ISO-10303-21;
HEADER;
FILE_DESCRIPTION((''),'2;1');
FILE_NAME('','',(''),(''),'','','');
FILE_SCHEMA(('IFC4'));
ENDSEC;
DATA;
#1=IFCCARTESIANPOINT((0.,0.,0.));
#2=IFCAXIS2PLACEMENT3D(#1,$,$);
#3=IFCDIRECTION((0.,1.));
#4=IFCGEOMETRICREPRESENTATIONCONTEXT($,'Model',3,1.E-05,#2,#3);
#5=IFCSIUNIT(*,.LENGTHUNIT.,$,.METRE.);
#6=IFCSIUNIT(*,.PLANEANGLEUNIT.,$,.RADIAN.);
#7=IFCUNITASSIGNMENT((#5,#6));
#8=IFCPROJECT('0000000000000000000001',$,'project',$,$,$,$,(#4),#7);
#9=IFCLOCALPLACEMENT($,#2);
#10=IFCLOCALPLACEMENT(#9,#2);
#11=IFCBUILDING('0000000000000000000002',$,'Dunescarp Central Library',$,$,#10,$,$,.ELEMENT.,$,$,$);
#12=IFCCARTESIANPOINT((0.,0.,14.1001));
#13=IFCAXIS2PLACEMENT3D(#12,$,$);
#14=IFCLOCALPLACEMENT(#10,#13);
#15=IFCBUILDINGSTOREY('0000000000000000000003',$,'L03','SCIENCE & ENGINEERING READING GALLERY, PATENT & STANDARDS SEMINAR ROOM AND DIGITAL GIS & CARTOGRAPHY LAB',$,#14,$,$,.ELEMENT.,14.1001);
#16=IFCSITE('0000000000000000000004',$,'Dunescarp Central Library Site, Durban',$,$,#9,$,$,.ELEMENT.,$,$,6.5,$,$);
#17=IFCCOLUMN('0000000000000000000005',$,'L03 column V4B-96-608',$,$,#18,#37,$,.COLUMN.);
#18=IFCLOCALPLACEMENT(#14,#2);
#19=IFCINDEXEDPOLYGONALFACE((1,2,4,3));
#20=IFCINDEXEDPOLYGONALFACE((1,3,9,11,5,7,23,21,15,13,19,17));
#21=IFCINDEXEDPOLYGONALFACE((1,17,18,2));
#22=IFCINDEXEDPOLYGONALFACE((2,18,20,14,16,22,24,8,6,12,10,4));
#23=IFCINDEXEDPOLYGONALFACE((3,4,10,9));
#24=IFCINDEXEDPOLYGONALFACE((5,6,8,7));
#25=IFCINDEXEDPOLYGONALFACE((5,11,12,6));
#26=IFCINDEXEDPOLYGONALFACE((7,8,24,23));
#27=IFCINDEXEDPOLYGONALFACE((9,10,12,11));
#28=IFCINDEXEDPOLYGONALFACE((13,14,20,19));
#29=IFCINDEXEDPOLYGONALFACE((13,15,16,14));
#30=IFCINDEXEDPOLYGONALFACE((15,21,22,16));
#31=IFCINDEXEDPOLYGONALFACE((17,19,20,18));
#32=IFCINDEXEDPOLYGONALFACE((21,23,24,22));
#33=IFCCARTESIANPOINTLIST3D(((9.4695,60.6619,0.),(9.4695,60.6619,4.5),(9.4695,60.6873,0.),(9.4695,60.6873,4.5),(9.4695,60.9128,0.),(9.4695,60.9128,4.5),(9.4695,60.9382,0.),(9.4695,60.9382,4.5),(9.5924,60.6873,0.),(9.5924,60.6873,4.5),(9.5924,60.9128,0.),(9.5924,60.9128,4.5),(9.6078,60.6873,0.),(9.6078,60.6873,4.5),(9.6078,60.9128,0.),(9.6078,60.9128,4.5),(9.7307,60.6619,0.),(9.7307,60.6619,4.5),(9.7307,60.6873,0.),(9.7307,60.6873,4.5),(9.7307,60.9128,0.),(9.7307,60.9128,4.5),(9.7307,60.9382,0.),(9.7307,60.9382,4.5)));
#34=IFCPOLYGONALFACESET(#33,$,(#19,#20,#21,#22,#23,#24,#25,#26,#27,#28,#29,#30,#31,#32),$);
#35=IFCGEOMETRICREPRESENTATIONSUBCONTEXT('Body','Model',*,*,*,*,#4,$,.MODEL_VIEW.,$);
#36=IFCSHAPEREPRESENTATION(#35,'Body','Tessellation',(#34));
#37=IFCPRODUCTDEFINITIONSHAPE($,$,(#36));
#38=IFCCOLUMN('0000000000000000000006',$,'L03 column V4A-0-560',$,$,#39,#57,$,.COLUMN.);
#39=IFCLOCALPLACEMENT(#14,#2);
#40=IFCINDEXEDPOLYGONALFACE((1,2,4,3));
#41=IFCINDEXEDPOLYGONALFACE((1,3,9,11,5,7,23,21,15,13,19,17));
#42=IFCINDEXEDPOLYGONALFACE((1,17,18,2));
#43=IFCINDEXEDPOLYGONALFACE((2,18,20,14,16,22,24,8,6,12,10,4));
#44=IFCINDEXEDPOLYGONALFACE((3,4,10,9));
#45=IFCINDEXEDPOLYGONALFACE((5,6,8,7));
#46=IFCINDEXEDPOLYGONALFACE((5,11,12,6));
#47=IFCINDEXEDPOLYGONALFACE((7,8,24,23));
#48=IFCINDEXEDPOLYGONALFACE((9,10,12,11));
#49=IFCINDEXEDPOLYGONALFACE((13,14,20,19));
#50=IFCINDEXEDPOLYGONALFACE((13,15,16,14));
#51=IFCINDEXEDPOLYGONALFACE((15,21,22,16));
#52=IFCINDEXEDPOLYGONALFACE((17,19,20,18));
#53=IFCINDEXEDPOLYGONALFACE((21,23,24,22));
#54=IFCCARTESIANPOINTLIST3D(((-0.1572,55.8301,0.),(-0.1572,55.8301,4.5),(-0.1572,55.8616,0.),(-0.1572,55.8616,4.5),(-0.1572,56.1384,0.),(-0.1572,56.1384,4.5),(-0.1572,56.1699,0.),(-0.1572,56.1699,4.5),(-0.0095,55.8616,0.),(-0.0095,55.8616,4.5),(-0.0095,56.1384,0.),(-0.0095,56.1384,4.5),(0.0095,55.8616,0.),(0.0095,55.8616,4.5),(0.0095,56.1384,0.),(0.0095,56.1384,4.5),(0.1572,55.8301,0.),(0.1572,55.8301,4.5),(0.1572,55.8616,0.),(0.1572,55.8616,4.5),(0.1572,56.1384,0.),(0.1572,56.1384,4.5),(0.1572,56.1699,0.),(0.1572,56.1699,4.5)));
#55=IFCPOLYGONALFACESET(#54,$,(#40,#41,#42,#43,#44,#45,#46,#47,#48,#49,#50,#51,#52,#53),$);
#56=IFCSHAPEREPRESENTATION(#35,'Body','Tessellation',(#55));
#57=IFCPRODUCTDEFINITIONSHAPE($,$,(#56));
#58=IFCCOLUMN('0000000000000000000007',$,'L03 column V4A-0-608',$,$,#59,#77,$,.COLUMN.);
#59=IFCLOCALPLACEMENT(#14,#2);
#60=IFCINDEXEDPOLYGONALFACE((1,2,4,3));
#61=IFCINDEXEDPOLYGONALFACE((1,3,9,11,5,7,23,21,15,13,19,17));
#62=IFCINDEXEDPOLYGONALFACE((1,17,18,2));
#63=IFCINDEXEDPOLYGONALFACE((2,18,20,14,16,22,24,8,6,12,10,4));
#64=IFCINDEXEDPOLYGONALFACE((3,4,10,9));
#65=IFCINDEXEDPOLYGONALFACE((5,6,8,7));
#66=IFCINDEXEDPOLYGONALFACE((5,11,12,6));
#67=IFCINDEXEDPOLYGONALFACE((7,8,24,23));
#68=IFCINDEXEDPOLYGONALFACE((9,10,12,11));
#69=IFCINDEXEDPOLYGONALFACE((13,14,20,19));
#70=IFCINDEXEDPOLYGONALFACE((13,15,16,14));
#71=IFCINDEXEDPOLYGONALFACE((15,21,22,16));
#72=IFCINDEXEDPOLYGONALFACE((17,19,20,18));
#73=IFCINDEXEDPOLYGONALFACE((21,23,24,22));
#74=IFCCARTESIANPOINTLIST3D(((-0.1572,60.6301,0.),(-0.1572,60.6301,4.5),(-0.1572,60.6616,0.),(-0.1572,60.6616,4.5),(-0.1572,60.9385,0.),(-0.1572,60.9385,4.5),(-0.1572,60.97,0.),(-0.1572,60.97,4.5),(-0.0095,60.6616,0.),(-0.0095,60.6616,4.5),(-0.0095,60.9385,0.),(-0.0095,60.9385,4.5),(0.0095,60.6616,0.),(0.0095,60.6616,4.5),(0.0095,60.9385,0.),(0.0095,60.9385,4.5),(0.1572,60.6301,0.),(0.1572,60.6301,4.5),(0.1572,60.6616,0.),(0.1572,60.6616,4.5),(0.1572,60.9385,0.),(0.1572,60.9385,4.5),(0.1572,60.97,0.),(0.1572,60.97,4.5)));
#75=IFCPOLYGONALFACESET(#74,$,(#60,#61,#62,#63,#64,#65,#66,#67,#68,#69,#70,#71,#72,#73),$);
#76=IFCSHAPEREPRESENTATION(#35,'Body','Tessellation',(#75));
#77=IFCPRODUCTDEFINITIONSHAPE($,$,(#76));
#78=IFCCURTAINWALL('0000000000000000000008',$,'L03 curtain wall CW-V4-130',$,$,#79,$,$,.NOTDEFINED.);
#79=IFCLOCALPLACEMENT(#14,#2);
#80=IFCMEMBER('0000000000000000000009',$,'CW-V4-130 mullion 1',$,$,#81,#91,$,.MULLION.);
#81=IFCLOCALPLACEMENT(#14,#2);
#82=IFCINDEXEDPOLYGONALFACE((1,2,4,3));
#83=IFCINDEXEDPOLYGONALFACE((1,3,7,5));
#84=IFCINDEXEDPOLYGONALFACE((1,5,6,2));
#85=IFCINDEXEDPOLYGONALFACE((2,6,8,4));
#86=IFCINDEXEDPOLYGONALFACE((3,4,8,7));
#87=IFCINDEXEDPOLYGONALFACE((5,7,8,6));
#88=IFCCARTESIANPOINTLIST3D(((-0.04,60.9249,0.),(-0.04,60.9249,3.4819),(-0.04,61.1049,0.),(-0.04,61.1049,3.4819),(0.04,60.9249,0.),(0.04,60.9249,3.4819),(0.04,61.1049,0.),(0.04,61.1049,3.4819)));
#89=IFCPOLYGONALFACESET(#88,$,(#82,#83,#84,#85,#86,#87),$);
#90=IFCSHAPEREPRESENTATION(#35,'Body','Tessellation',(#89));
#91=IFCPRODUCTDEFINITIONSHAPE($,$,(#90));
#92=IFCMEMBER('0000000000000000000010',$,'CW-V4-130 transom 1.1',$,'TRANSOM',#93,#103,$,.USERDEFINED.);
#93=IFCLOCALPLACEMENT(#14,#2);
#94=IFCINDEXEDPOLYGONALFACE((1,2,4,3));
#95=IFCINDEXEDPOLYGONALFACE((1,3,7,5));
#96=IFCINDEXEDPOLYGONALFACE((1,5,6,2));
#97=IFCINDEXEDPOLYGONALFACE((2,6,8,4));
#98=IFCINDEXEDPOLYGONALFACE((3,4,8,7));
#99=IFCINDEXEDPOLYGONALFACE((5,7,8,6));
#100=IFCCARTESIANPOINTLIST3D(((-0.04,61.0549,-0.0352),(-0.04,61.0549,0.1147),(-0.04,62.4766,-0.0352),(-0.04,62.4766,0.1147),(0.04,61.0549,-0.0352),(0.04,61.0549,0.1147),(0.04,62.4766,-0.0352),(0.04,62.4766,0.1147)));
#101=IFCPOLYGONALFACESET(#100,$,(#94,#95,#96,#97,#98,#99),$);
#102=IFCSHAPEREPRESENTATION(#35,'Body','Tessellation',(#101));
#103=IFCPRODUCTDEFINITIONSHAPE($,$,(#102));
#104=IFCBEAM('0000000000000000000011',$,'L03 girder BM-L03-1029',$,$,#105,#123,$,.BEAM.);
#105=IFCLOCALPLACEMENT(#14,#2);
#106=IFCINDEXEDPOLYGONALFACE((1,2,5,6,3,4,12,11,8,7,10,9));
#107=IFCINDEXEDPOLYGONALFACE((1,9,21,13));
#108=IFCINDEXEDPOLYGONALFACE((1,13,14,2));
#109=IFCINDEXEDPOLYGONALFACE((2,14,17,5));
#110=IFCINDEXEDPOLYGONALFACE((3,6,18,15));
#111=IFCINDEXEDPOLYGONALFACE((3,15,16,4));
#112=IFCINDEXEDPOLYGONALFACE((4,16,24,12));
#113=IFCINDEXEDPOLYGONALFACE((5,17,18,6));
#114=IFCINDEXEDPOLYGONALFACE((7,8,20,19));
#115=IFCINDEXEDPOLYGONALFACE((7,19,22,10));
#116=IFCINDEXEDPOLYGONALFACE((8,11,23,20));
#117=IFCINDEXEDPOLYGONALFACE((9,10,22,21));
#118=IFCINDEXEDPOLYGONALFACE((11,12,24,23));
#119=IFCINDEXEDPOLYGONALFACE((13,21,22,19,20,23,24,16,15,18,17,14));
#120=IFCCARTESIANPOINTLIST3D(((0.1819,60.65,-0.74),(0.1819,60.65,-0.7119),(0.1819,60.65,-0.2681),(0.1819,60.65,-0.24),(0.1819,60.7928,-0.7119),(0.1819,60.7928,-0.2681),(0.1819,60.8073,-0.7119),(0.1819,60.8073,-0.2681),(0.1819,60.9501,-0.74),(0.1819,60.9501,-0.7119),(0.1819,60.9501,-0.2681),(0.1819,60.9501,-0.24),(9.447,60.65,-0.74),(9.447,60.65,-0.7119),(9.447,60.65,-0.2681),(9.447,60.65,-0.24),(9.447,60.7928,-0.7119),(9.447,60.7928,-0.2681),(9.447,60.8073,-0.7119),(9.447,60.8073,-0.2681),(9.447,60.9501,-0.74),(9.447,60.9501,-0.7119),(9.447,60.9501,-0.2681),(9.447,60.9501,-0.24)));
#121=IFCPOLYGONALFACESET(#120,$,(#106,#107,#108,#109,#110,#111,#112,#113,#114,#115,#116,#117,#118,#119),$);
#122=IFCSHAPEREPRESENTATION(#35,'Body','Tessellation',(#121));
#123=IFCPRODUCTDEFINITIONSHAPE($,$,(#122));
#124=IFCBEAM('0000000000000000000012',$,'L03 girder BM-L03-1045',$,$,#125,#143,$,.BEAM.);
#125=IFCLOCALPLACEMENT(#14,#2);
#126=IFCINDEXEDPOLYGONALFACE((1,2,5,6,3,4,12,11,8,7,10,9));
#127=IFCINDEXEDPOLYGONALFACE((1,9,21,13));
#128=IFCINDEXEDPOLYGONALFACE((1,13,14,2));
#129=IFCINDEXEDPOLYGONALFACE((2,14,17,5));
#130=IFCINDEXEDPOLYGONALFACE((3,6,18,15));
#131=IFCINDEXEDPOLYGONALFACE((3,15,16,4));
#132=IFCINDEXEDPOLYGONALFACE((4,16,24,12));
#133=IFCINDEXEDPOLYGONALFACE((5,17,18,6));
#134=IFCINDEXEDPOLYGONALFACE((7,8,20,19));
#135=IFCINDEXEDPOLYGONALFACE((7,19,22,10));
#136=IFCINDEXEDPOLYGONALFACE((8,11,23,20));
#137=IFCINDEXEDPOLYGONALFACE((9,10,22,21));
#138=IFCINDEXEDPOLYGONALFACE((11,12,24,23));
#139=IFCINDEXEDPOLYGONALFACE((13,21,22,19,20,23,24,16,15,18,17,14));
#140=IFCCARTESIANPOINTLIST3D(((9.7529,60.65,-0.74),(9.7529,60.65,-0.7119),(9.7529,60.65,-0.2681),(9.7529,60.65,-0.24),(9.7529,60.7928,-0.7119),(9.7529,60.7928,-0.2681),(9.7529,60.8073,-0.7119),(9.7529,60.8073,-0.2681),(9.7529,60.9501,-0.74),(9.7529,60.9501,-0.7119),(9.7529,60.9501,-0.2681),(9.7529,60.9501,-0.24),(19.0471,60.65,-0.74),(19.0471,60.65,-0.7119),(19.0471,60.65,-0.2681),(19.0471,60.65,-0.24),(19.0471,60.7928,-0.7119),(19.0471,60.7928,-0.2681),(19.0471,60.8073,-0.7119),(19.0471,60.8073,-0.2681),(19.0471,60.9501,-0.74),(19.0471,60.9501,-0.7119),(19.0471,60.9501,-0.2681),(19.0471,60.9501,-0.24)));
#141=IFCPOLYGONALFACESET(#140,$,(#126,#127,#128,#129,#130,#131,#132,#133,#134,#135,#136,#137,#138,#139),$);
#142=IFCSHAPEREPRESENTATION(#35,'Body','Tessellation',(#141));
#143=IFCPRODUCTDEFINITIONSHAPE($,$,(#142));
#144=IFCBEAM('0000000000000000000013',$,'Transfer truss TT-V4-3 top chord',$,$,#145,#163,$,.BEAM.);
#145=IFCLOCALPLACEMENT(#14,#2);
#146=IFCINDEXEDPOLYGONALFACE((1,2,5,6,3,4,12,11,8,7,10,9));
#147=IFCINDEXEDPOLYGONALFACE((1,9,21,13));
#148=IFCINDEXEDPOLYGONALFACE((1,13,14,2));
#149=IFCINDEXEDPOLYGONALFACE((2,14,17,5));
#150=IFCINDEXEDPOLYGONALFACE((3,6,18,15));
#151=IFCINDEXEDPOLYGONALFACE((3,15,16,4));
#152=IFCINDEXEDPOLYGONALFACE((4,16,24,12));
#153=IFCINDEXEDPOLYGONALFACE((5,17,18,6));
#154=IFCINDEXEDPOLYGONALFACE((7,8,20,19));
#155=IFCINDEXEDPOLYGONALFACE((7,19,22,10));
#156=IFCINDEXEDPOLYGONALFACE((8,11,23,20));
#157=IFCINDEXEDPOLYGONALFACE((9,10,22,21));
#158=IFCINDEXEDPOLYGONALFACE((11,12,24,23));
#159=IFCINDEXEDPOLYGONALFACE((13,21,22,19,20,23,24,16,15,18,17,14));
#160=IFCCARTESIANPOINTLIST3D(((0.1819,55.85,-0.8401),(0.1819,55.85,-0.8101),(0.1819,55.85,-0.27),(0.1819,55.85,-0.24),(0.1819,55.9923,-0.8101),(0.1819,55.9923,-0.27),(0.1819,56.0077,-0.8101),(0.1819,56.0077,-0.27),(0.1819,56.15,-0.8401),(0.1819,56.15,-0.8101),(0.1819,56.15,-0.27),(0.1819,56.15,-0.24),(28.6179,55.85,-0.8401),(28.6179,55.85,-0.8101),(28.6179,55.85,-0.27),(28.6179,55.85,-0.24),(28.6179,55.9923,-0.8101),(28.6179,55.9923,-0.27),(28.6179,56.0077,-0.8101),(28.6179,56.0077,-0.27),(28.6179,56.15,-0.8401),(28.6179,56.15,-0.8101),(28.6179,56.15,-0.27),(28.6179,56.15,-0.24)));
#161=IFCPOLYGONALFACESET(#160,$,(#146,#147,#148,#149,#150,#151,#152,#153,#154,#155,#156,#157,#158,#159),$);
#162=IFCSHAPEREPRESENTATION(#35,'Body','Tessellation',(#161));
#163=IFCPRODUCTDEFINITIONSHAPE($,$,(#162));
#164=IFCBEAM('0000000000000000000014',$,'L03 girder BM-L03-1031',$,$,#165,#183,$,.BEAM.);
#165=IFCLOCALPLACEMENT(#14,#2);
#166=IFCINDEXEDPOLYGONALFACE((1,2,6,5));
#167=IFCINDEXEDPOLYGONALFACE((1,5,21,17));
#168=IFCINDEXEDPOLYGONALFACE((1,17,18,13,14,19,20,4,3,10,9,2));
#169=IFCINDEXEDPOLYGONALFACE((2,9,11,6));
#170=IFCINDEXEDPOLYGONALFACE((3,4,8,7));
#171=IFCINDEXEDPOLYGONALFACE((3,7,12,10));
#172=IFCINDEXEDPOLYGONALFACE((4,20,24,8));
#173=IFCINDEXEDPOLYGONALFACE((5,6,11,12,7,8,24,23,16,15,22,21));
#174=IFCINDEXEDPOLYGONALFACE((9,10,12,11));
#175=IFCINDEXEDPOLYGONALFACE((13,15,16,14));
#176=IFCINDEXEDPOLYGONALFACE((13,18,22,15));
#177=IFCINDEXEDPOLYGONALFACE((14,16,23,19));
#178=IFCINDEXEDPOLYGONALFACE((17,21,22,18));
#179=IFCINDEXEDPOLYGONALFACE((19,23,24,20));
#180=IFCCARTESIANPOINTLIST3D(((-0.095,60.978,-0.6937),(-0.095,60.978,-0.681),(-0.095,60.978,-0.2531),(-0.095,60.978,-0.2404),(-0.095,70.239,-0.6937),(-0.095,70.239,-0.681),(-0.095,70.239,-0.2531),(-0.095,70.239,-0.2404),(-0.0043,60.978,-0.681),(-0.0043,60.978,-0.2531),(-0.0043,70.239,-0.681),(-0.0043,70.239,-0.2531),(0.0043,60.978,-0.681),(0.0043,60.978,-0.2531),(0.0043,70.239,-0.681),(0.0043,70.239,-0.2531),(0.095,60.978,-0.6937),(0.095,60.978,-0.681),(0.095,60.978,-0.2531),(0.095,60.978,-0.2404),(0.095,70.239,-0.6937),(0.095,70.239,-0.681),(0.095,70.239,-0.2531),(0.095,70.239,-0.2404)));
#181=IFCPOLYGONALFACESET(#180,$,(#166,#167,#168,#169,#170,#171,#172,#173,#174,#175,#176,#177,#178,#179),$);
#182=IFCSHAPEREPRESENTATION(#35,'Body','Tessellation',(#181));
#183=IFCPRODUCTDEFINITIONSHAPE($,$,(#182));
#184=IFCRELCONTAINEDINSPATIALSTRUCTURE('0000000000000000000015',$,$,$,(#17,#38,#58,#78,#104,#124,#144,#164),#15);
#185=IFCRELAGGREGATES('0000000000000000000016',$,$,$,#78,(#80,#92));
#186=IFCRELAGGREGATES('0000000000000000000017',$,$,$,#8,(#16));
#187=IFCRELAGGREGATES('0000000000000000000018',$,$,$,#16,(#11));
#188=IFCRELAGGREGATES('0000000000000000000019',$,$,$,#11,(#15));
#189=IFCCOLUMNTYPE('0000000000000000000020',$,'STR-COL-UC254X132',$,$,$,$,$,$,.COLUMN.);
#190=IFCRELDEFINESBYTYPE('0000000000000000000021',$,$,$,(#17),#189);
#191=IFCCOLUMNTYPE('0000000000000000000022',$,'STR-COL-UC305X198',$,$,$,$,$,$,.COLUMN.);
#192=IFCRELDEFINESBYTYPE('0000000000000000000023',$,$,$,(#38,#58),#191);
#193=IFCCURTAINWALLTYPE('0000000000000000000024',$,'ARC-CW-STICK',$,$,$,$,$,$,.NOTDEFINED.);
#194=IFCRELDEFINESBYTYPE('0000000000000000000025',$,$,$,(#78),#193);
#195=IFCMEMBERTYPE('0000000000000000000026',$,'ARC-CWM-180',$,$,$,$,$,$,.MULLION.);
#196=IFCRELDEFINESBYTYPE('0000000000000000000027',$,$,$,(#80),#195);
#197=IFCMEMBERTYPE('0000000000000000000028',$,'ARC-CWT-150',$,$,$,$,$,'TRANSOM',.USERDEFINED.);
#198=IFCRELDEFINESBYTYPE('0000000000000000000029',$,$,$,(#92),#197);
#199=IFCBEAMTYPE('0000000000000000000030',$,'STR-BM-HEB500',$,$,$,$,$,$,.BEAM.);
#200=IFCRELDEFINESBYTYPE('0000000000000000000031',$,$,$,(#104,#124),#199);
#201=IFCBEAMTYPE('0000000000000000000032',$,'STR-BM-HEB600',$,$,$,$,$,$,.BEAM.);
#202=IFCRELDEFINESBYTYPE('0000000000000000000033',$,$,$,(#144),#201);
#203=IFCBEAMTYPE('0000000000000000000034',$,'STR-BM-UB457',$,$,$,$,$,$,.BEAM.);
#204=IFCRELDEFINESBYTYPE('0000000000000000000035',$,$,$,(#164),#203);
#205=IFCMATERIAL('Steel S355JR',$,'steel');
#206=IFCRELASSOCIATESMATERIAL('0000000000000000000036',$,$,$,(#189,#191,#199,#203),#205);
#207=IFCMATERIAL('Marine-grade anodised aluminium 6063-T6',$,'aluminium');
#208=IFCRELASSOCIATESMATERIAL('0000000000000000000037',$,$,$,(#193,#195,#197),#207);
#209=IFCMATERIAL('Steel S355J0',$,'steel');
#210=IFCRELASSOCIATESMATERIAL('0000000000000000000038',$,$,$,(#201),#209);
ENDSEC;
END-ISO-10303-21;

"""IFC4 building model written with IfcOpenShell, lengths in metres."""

from ifc_helpers import new_model, si_unit, direction, frame, origin, origin_2d, place, context, subcontext, project, spatial, rectangle, i_section, extrude, material, material_profile, profile_set, type_object, element, aggregate, save


model = new_model("IFC4")

# Units and contexts
model_context = context("Model", 3, precision=1e-05, world=origin(), true_north=direction((0.0, 1.0)))
body_context = subcontext(model_context, "Body", "Model", "MODEL_VIEW")
ifc_project = project(units=[si_unit("LENGTHUNIT", "METRE"), si_unit("PLANEANGLEUNIT", "RADIAN")], contexts=[model_context])

# Site, building, storey
site_placement = place(None, origin())
site = spatial("IfcSite", under=ifc_project, at=site_placement, Name="Dunescarp Central Library Site, Durban", CompositionType="ELEMENT", RefElevation=6.5)
building_placement = place(site_placement, origin())
building = spatial("IfcBuilding", under=site, at=building_placement, Name="Dunescarp Central Library", CompositionType="ELEMENT")
storey_placement = place(building_placement, frame((0.0, 0.0, 14.1001)))
storey = spatial("IfcBuildingStorey", under=building, at=storey_placement, Name="L03", Description="SCIENCE & ENGINEERING READING GALLERY, PATENT & STANDARDS SEMINAR ROOM AND DIGITAL GIS & CARTOGRAPHY LAB", CompositionType="ELEMENT", Elevation=14.1001)

# Columns
ifc_material_1 = material(Name="Steel S355JR", Category="steel")
ifc_material_profile_1 = material_profile(ifc_material_1, i_section(OverallWidth=0.2612, OverallDepth=0.2764, WebThickness=0.0154, FlangeThickness=0.0254, at=origin_2d()), Name="UC 254x254x132")
ifc_profile_set_1 = profile_set([ifc_material_profile_1], Name="Steel S355JR")
column_type_1 = type_object("IfcColumnType", Name="STR-COL-UC254X132", PredefinedType="COLUMN", material=ifc_profile_set_1)
column_placement = place(storey_placement, frame((9.6001, 60.8, 0.0), z_axis=(0.0, 0.0, 1.0), x_axis=(1.0, 0.0, 0.0)))
element("IfcColumn", 1, at=column_placement, inside=storey, type_object=column_type_1, Name="L03 column V4B-96-608", PredefinedType="COLUMN", context=body_context, shape_type="SweptSolid", body=[
    extrude(i_section(OverallWidth=0.2612, OverallDepth=0.2764, WebThickness=0.0154, FlangeThickness=0.0254, at=origin_2d()), origin(), (0.0, 0.0, 1.0), 4.5),
])
ifc_material_profile_2 = material_profile(ifc_material_1, i_section(OverallWidth=0.3145, OverallDepth=0.3398, WebThickness=0.019, FlangeThickness=0.0315, at=origin_2d()), Name="UC 305x305x198")
ifc_profile_set_2 = profile_set([ifc_material_profile_2], Name="Steel S355JR")
column_type_2 = type_object("IfcColumnType", Name="STR-COL-UC305X198", PredefinedType="COLUMN", material=ifc_profile_set_2)
for number, where, z_axis, x_axis, name in (
    (2, (0.0, 56.0, 0.0), (0.0, 0.0, 1.0), (1.0, 0.0, 0.0), "L03 column V4A-0-560"),
    (3, (0.0, 60.8, 0.0), (0.0, 0.0, 1.0), (1.0, 0.0, 0.0), "L03 column V4A-0-608"),
):
    element("IfcColumn", number, at=place(storey_placement, frame(where, z_axis=z_axis, x_axis=x_axis)), inside=storey, type_object=column_type_2, Name=name, PredefinedType="COLUMN", context=body_context, shape_type="SweptSolid", body=[
        extrude(i_section(OverallWidth=0.3145, OverallDepth=0.3398, WebThickness=0.019, FlangeThickness=0.0315, at=origin_2d()), origin(), (0.0, 0.0, 1.0), 4.5),
    ])

# Curtain wall, members
ifc_material_2 = material(Name="Marine-grade anodised aluminium 6063-T6", Category="aluminium")
curtain_wall_type = type_object("IfcCurtainWallType", Name="ARC-CW-STICK", PredefinedType="NOTDEFINED", material=ifc_material_2)
curtain_wall_placement = place(storey_placement, origin())
curtain_wall = element("IfcCurtainWall", 4, at=curtain_wall_placement, inside=storey, type_object=curtain_wall_type, Name="L03 curtain wall CW-V4-130", PredefinedType="NOTDEFINED")
ifc_material_profile_3 = material_profile(ifc_material_2, rectangle(XDim=0.0801, YDim=0.1799, at=origin_2d()), Name="AL 80x180")
ifc_profile_set_3 = profile_set([ifc_material_profile_3], Name="Marine-grade anodised aluminium 6063-T6")
member_type_1 = type_object("IfcMemberType", Name="ARC-CWM-180", PredefinedType="MULLION", material=ifc_profile_set_3)
member_1_placement = place(storey_placement, frame((0.0, 61.0149, 0.0), z_axis=(0.0, 0.0, 1.0), x_axis=(-1.0, 0.0, 0.0)))
member_1 = element("IfcMember", 5, at=member_1_placement, type_object=member_type_1, Name="CW-V4-130 mullion 1", PredefinedType="MULLION", context=body_context, shape_type="SweptSolid", body=[
    extrude(rectangle(XDim=0.0801, YDim=0.1799, at=origin_2d()), origin(), (0.0, 0.0, 1.0), 3.4819),
])
ifc_material_profile_4 = material_profile(ifc_material_2, rectangle(XDim=0.0801, YDim=0.1499, at=origin_2d()), Name="AL 80x150")
ifc_profile_set_4 = profile_set([ifc_material_profile_4], Name="Marine-grade anodised aluminium 6063-T6")
member_type_2 = type_object("IfcMemberType", Name="ARC-CWT-150", ElementType="TRANSOM", PredefinedType="USERDEFINED", material=ifc_profile_set_4)
member_2_placement = place(storey_placement, frame((0.0, 61.0549, 0.0398), z_axis=(0.0, 1.0, 0.0), x_axis=(-1.0, 0.0, 0.0)))
member_2 = element("IfcMember", 6, at=member_2_placement, type_object=member_type_2, Name="CW-V4-130 transom 1.1", ObjectType="TRANSOM", PredefinedType="USERDEFINED", context=body_context, shape_type="SweptSolid", body=[
    extrude(rectangle(XDim=0.0801, YDim=0.1499, at=origin_2d()), origin(), (0.0, 0.0, 1.0), 1.4216),
])
aggregate(curtain_wall, [member_1, member_2])

# Beams
ifc_material_profile_5 = material_profile(ifc_material_1, i_section(OverallWidth=0.3, OverallDepth=0.5, WebThickness=0.0144, FlangeThickness=0.0281, at=origin_2d()), Name="HEB 500")
ifc_profile_set_5 = profile_set([ifc_material_profile_5], Name="Steel S355JR")
beam_type_1 = type_object("IfcBeamType", Name="STR-BM-HEB500", PredefinedType="BEAM", material=ifc_profile_set_5)
beam_1_placement = place(storey_placement, frame((0.1819, 60.8, -0.49), z_axis=(1.0, 0.0, 0.0), x_axis=(0.0, 1.0, 0.0)))
element("IfcBeam", 7, at=beam_1_placement, inside=storey, type_object=beam_type_1, Name="L03 girder BM-L03-1029", PredefinedType="BEAM", context=body_context, shape_type="SweptSolid", body=[
    extrude(i_section(OverallWidth=0.3, OverallDepth=0.5, WebThickness=0.0144, FlangeThickness=0.0281, at=origin_2d()), origin(), (0.0, 0.0, 1.0), 9.2651),
])
beam_2_placement = place(storey_placement, frame((9.7529, 60.8, -0.49), z_axis=(1.0, 0.0, 0.0), x_axis=(0.0, 1.0, 0.0)))
element("IfcBeam", 8, at=beam_2_placement, inside=storey, type_object=beam_type_1, Name="L03 girder BM-L03-1045", PredefinedType="BEAM", context=body_context, shape_type="SweptSolid", body=[
    extrude(i_section(OverallWidth=0.3, OverallDepth=0.5, WebThickness=0.0144, FlangeThickness=0.0281, at=origin_2d()), origin(), (0.0, 0.0, 1.0), 9.2942),
])
ifc_material_3 = material(Name="Steel S355J0", Category="steel")
ifc_material_profile_6 = material_profile(ifc_material_3, i_section(OverallWidth=0.3, OverallDepth=0.6001, WebThickness=0.0154, FlangeThickness=0.03, at=origin_2d()), Name="HEB 600")
ifc_profile_set_6 = profile_set([ifc_material_profile_6], Name="Steel S355J0")
beam_type_2 = type_object("IfcBeamType", Name="STR-BM-HEB600", PredefinedType="BEAM", material=ifc_profile_set_6)
beam_3_placement = place(storey_placement, frame((0.1819, 56.0, -0.54), z_axis=(1.0, 0.0, 0.0), x_axis=(0.0, 1.0, 0.0)))
element("IfcBeam", 9, at=beam_3_placement, inside=storey, type_object=beam_type_2, Name="Transfer truss TT-V4-3 top chord", PredefinedType="BEAM", context=body_context, shape_type="SweptSolid", body=[
    extrude(i_section(OverallWidth=0.3, OverallDepth=0.6001, WebThickness=0.0154, FlangeThickness=0.03, at=origin_2d()), origin(), (0.0, 0.0, 1.0), 28.436),
])
ifc_material_profile_7 = material_profile(ifc_material_1, i_section(OverallWidth=0.1899, OverallDepth=0.4534, WebThickness=0.0085, FlangeThickness=0.0127, at=origin_2d()), Name="UB 457x191x67")
ifc_profile_set_7 = profile_set([ifc_material_profile_7], Name="Steel S355JR")
beam_type_3 = type_object("IfcBeamType", Name="STR-BM-UB457", PredefinedType="BEAM", material=ifc_profile_set_7)
beam_4_placement = place(storey_placement, frame((0.0, 60.978, -0.467), z_axis=(0.0, 1.0, 0.0), x_axis=(-1.0, 0.0, 0.0)))
element("IfcBeam", 10, at=beam_4_placement, inside=storey, type_object=beam_type_3, Name="L03 girder BM-L03-1031", PredefinedType="BEAM", context=body_context, shape_type="SweptSolid", body=[
    extrude(i_section(OverallWidth=0.1899, OverallDepth=0.4534, WebThickness=0.0085, FlangeThickness=0.0127, at=origin_2d()), origin(), (0.0, 0.0, 1.0), 9.261),
])

save(model, "model.ifc")
